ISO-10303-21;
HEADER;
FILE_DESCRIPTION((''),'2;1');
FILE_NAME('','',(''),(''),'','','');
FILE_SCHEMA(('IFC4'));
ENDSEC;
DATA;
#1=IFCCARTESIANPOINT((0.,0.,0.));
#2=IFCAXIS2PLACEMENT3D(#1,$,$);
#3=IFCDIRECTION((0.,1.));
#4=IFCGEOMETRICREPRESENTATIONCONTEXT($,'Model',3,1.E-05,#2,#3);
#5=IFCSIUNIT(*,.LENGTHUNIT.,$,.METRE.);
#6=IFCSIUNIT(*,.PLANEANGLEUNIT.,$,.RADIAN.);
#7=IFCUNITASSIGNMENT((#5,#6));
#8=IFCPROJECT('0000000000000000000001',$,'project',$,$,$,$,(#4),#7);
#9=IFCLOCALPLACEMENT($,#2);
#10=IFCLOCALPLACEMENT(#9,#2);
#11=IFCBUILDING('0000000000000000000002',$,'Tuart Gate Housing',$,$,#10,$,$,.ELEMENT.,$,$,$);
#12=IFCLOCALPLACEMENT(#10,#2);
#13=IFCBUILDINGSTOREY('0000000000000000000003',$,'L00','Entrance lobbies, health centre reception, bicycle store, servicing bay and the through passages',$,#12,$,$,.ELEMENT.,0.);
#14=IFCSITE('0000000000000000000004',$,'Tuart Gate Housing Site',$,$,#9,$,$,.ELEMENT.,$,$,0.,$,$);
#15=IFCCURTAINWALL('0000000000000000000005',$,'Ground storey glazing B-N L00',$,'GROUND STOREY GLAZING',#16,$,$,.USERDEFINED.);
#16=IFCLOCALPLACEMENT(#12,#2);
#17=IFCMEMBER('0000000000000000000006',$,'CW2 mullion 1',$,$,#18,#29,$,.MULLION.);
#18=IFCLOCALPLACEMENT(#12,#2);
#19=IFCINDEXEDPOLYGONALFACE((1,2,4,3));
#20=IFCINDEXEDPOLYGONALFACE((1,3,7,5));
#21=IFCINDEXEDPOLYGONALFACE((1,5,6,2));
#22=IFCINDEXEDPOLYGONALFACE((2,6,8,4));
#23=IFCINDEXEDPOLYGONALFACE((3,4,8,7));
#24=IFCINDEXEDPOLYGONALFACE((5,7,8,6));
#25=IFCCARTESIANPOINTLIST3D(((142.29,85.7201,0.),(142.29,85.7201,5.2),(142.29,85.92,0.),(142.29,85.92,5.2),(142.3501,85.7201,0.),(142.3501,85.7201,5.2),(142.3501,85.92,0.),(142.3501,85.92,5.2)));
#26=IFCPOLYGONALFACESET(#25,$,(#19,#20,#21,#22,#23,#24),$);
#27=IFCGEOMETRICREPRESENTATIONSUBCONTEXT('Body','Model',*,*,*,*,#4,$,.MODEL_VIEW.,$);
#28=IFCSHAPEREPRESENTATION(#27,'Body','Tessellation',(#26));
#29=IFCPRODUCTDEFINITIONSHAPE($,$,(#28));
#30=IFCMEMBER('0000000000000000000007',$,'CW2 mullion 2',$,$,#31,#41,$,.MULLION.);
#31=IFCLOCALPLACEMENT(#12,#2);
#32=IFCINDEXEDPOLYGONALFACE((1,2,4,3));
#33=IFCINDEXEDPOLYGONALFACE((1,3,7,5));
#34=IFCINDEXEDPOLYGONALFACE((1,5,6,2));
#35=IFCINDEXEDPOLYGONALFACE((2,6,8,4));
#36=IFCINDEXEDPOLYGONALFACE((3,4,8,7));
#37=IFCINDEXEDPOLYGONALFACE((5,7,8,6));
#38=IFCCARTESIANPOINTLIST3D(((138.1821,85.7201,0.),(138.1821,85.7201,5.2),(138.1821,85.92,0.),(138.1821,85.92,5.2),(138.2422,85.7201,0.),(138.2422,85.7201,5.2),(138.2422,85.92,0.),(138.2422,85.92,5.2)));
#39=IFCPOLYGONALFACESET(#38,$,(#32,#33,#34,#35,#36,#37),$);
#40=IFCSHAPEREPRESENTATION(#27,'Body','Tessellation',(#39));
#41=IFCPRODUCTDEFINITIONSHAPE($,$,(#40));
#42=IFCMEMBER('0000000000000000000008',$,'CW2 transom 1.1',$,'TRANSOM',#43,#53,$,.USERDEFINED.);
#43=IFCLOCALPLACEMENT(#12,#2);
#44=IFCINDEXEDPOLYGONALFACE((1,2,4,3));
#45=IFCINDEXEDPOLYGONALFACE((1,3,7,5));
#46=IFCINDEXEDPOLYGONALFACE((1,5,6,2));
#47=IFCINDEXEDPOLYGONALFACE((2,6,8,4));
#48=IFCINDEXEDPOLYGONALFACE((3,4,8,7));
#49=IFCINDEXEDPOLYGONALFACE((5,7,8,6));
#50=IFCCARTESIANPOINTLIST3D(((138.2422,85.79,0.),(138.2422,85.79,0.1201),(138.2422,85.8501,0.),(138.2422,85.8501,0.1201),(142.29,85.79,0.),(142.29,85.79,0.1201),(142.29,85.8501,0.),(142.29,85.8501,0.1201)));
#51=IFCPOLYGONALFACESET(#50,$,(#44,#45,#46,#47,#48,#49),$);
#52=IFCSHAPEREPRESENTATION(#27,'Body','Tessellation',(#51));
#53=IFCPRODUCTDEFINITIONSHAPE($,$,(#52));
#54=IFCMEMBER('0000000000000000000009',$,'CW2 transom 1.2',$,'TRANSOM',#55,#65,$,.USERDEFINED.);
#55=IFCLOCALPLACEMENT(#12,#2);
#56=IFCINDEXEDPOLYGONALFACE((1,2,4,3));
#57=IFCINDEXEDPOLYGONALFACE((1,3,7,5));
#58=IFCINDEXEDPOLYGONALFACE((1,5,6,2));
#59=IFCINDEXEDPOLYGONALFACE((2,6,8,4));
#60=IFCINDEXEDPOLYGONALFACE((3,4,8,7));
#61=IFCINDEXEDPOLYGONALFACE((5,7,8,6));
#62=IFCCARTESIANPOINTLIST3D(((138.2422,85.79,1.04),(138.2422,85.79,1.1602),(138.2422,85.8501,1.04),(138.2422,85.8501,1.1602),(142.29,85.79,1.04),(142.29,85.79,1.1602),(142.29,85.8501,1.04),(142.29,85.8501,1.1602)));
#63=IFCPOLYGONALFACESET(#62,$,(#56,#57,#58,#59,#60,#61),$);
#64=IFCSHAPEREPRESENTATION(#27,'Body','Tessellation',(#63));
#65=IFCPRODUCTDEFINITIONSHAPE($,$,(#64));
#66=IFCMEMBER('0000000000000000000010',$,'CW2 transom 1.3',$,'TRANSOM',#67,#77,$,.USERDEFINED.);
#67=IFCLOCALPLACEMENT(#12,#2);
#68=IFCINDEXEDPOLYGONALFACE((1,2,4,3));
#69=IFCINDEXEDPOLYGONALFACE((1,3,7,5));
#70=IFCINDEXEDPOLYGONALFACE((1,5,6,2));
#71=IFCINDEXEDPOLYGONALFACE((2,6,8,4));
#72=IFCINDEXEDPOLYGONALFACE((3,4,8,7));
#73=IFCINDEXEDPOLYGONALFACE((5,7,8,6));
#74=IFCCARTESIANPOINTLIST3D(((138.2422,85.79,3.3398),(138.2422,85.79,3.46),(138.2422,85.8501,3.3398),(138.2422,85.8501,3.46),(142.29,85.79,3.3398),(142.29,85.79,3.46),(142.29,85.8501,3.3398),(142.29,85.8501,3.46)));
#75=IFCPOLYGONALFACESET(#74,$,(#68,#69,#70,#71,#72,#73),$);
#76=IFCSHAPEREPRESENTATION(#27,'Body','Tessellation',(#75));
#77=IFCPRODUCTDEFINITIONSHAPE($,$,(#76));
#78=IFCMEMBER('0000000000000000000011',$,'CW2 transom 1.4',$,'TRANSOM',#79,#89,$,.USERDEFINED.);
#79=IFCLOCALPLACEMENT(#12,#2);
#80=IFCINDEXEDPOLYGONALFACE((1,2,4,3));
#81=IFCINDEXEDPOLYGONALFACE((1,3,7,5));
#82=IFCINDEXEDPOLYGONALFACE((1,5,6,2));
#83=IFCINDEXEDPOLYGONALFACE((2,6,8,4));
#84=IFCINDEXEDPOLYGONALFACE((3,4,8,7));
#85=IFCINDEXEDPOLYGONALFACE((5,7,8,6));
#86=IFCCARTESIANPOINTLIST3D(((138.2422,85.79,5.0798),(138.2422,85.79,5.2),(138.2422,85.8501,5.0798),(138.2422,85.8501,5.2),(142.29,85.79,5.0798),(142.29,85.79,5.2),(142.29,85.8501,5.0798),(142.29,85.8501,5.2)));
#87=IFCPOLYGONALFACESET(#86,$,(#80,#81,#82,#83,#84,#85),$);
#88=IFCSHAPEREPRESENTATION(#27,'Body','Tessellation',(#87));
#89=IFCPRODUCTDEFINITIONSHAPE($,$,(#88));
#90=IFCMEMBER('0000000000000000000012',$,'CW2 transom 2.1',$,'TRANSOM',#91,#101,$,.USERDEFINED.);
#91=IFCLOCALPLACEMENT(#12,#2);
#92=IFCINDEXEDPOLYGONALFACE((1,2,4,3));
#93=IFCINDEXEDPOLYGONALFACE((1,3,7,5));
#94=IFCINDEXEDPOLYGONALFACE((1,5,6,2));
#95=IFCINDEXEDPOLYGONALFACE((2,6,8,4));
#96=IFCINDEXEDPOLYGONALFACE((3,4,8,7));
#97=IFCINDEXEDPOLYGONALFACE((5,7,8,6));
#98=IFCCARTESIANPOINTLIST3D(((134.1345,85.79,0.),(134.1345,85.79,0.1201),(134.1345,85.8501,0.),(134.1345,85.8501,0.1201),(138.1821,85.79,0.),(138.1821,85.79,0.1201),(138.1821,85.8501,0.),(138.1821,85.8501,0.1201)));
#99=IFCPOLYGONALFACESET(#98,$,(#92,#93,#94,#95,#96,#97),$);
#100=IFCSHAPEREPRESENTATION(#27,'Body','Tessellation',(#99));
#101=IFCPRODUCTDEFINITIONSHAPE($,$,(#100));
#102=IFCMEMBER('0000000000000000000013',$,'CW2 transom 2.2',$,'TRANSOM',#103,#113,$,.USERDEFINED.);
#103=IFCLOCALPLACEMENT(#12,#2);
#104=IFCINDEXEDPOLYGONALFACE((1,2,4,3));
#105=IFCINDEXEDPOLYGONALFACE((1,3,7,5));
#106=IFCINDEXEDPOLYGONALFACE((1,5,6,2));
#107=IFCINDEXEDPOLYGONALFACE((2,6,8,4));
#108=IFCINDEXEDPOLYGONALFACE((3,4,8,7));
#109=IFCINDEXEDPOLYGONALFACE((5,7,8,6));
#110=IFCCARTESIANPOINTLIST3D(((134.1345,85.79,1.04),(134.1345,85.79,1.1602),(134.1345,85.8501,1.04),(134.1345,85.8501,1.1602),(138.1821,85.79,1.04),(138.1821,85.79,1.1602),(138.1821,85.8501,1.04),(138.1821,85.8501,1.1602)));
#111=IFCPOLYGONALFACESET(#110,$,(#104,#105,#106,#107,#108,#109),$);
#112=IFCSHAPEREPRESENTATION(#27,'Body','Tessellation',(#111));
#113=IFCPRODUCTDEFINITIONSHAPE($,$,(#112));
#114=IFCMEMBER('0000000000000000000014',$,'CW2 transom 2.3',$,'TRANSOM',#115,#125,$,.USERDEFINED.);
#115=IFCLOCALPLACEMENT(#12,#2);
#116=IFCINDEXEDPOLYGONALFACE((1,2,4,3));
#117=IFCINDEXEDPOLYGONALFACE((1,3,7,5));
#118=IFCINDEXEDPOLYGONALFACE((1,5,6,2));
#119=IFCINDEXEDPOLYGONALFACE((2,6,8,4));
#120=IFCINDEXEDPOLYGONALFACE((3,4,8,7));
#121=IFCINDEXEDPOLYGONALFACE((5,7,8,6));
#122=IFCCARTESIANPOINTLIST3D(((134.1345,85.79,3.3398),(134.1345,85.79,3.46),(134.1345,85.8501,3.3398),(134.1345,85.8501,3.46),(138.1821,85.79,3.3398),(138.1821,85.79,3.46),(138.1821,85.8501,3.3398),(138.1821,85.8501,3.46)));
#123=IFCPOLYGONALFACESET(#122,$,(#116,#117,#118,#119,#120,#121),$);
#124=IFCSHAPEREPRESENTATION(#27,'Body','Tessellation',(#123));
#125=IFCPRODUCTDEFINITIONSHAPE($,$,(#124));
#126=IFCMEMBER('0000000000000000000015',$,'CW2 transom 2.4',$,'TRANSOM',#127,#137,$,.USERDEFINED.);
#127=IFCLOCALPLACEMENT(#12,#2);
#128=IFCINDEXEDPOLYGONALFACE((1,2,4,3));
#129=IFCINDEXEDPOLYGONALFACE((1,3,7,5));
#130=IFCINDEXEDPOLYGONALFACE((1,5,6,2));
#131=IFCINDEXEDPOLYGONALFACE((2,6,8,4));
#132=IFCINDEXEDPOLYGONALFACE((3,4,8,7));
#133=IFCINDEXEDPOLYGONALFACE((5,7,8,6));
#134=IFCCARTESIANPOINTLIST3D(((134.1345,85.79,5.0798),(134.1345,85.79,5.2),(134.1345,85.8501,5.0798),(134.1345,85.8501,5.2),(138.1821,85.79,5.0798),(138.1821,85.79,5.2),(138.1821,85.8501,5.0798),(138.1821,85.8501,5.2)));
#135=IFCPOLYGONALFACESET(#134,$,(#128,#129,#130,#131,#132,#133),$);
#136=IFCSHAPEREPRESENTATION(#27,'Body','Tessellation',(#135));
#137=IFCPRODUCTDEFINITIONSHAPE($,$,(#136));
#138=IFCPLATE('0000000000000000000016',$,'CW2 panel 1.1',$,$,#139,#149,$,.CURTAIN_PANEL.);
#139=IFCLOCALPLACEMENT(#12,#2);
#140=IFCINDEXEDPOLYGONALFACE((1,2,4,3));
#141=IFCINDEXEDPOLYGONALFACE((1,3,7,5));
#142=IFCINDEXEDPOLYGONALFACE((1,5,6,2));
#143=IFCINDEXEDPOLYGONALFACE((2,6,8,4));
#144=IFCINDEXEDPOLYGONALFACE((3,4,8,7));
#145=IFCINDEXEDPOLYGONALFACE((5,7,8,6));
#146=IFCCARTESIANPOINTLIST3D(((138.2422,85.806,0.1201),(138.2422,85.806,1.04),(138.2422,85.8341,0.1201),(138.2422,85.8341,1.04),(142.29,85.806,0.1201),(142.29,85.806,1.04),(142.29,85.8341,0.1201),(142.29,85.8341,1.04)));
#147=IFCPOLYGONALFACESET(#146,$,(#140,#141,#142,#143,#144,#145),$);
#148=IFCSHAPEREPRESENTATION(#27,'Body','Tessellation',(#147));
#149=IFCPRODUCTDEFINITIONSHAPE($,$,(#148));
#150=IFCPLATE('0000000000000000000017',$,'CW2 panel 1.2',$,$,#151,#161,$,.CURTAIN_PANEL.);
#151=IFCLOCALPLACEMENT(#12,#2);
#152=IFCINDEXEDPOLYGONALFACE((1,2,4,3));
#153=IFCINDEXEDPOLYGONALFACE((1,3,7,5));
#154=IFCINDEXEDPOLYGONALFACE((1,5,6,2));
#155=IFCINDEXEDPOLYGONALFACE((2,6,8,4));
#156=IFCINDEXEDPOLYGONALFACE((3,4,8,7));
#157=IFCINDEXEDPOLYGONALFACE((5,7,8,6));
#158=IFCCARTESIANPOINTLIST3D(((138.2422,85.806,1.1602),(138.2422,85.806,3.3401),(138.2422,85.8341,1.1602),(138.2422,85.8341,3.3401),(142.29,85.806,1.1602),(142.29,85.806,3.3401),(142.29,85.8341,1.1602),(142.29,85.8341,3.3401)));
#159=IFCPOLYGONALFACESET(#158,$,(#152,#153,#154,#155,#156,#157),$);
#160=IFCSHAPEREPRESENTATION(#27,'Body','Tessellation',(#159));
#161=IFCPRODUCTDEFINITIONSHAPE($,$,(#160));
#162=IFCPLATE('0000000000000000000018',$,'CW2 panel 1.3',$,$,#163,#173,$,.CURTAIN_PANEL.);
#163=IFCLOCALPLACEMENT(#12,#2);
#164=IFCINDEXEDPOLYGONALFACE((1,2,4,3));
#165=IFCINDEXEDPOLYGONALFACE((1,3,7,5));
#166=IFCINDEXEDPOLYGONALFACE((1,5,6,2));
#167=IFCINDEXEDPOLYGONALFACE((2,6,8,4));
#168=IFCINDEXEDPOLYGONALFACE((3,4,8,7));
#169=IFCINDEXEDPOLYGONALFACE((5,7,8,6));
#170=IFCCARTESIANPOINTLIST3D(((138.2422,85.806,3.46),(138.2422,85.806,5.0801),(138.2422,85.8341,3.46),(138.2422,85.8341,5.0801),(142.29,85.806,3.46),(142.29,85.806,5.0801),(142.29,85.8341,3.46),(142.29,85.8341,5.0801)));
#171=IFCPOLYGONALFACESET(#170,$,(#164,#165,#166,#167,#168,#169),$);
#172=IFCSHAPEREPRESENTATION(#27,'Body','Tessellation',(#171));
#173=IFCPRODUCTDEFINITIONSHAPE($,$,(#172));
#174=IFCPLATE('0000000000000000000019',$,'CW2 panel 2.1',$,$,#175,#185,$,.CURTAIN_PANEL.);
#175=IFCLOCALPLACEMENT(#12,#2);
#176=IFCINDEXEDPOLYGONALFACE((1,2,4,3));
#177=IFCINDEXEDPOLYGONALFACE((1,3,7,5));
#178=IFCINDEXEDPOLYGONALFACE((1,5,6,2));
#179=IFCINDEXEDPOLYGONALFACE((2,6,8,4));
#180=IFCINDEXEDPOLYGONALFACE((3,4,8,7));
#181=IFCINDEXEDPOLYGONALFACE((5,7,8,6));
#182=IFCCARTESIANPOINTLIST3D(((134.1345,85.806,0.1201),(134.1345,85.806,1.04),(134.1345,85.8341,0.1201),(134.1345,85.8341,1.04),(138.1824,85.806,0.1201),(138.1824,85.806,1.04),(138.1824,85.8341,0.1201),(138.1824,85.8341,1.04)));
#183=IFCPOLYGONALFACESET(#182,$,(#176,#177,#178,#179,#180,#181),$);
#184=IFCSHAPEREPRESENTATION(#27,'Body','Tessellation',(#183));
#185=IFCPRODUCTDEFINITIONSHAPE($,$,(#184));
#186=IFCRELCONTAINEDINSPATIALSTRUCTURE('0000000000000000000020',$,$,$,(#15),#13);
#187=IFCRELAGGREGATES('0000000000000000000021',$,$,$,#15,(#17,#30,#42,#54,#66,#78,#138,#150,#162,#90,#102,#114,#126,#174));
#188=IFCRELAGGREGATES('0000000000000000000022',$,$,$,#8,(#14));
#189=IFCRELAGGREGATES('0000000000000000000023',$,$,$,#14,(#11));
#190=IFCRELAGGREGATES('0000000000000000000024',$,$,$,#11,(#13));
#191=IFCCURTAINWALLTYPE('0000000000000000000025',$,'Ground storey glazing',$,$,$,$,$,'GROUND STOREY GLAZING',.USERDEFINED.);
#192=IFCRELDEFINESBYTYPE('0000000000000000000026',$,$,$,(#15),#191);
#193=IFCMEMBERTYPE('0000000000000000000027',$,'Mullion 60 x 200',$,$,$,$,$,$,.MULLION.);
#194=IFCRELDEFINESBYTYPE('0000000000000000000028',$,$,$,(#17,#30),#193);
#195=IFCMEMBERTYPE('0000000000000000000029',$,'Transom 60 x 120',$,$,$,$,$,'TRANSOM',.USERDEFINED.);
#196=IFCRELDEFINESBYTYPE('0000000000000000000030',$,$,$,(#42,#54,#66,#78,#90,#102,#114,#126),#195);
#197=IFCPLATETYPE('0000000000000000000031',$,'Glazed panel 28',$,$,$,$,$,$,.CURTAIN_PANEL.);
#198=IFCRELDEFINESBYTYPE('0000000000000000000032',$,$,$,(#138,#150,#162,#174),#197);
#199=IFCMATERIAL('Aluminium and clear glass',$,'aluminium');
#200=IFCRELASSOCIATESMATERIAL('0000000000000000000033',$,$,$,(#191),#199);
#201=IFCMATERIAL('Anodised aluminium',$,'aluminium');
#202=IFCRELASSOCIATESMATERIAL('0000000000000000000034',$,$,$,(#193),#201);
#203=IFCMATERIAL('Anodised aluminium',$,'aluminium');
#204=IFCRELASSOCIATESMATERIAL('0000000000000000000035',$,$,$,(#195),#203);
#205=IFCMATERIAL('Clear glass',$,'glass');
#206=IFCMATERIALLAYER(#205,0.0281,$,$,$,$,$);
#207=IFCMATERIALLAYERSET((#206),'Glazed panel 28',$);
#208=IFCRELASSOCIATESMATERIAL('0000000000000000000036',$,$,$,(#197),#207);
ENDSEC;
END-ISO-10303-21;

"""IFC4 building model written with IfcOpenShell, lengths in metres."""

from ifc_helpers import new_model, si_unit, direction, frame, origin, origin_2d, place, context, subcontext, project, spatial, rectangle, extrude, material, layer, layer_set, material_profile, profile_set, type_object, element, aggregate, save


model = new_model("IFC4")

# Units and contexts
model_context = context("Model", 3, precision=1e-05, world=origin(), true_north=direction((0.0, 1.0)))
body_context = subcontext(model_context, "Body", "Model", "MODEL_VIEW")
ifc_project = project(units=[si_unit("LENGTHUNIT", "METRE"), si_unit("PLANEANGLEUNIT", "RADIAN")], contexts=[model_context])

# Site, building, storey
site_placement = place(None, origin())
site = spatial("IfcSite", under=ifc_project, at=site_placement, Name="Tuart Gate Housing Site", CompositionType="ELEMENT", RefElevation=0.0)
building_placement = place(site_placement, origin())
building = spatial("IfcBuilding", under=site, at=building_placement, Name="Tuart Gate Housing", CompositionType="ELEMENT")
storey_placement = place(building_placement, origin())
storey = spatial("IfcBuildingStorey", under=building, at=storey_placement, Name="L00", Description="Entrance lobbies, health centre reception, bicycle store, servicing bay and the through passages", CompositionType="ELEMENT", Elevation=0.0)

# Curtain wall, members, plates
ifc_material_1 = material(Name="Aluminium and clear glass", Category="aluminium")
curtain_wall_type = type_object("IfcCurtainWallType", Name="Ground storey glazing", ElementType="GROUND STOREY GLAZING", PredefinedType="USERDEFINED", material=ifc_material_1)
curtain_wall_placement = place(storey_placement, origin())
curtain_wall = element("IfcCurtainWall", 1, at=curtain_wall_placement, inside=storey, type_object=curtain_wall_type, Name="Ground storey glazing B-N L00", ObjectType="GROUND STOREY GLAZING", PredefinedType="USERDEFINED")
ifc_material_2 = material(Name="Anodised aluminium", Category="aluminium")
ifc_material_profile_1 = material_profile(ifc_material_2, rectangle(XDim=0.0601, YDim=0.2, at=origin_2d()), Name="60x200")
ifc_profile_set_1 = profile_set([ifc_material_profile_1], Name="Anodised aluminium")
member_type_1 = type_object("IfcMemberType", Name="Mullion 60 x 200", PredefinedType="MULLION", material=ifc_profile_set_1)
member_1_placement = place(storey_placement, frame((142.3201, 85.8201, 0.0), z_axis=(0.0, 0.0, 1.0), x_axis=(-1.0, 0.0, 0.0)))
member_1 = element("IfcMember", 2, at=member_1_placement, type_object=member_type_1, Name="CW2 mullion 1", PredefinedType="MULLION", context=body_context, shape_type="SweptSolid", body=[
    extrude(rectangle(XDim=0.0601, YDim=0.2, at=origin_2d()), origin(), (0.0, 0.0, 1.0), 5.2),
])
member_2_placement = place(storey_placement, frame((138.2122, 85.8201, 0.0), z_axis=(0.0, 0.0, 1.0), x_axis=(-1.0, 0.0, 0.0)))
member_2 = element("IfcMember", 3, at=member_2_placement, type_object=member_type_1, Name="CW2 mullion 2", PredefinedType="MULLION", context=body_context, shape_type="SweptSolid", body=[
    extrude(rectangle(XDim=0.0601, YDim=0.2, at=origin_2d()), origin(), (0.0, 0.0, 1.0), 5.2),
])
ifc_material_3 = material(Name="Anodised aluminium", Category="aluminium")
ifc_material_profile_2 = material_profile(ifc_material_3, rectangle(XDim=0.0601, YDim=0.1201, at=origin_2d()), Name="60x120")
ifc_profile_set_2 = profile_set([ifc_material_profile_2], Name="Anodised aluminium")
member_type_2 = type_object("IfcMemberType", Name="Transom 60 x 120", ElementType="TRANSOM", PredefinedType="USERDEFINED", material=ifc_profile_set_2)
member_3_placement = place(storey_placement, frame((142.29, 85.8201, 0.0601), z_axis=(-1.0, 0.0, 0.0), x_axis=(0.0, -1.0, 0.0)))
member_3 = element("IfcMember", 4, at=member_3_placement, type_object=member_type_2, Name="CW2 transom 1.1", ObjectType="TRANSOM", PredefinedType="USERDEFINED", context=body_context, shape_type="SweptSolid", body=[
    extrude(rectangle(XDim=0.0601, YDim=0.1201, at=origin_2d()), origin(), (0.0, 0.0, 1.0), 4.0479),
])
member_4_placement = place(storey_placement, frame((142.29, 85.8201, 1.1001), z_axis=(-1.0, 0.0, 0.0), x_axis=(0.0, -1.0, 0.0)))
member_4 = element("IfcMember", 5, at=member_4_placement, type_object=member_type_2, Name="CW2 transom 1.2", ObjectType="TRANSOM", PredefinedType="USERDEFINED", context=body_context, shape_type="SweptSolid", body=[
    extrude(rectangle(XDim=0.0601, YDim=0.1201, at=origin_2d()), origin(), (0.0, 0.0, 1.0), 4.0479),
])
member_5_placement = place(storey_placement, frame((142.29, 85.8201, 3.3999), z_axis=(-1.0, 0.0, 0.0), x_axis=(0.0, -1.0, 0.0)))
member_5 = element("IfcMember", 6, at=member_5_placement, type_object=member_type_2, Name="CW2 transom 1.3", ObjectType="TRANSOM", PredefinedType="USERDEFINED", context=body_context, shape_type="SweptSolid", body=[
    extrude(rectangle(XDim=0.0601, YDim=0.1201, at=origin_2d()), origin(), (0.0, 0.0, 1.0), 4.0479),
])
member_6_placement = place(storey_placement, frame((142.29, 85.8201, 5.1399), z_axis=(-1.0, 0.0, 0.0), x_axis=(0.0, -1.0, 0.0)))
member_6 = element("IfcMember", 7, at=member_6_placement, type_object=member_type_2, Name="CW2 transom 1.4", ObjectType="TRANSOM", PredefinedType="USERDEFINED", context=body_context, shape_type="SweptSolid", body=[
    extrude(rectangle(XDim=0.0601, YDim=0.1201, at=origin_2d()), origin(), (0.0, 0.0, 1.0), 4.0479),
])
member_7_placement = place(storey_placement, frame((138.1821, 85.8201, 0.0601), z_axis=(-1.0, 0.0, 0.0), x_axis=(0.0, -1.0, 0.0)))
member_7 = element("IfcMember", 8, at=member_7_placement, type_object=member_type_2, Name="CW2 transom 2.1", ObjectType="TRANSOM", PredefinedType="USERDEFINED", context=body_context, shape_type="SweptSolid", body=[
    extrude(rectangle(XDim=0.0601, YDim=0.1201, at=origin_2d()), origin(), (0.0, 0.0, 1.0), 4.0476),
])
member_8_placement = place(storey_placement, frame((138.1821, 85.8201, 1.1001), z_axis=(-1.0, 0.0, 0.0), x_axis=(0.0, -1.0, 0.0)))
member_8 = element("IfcMember", 9, at=member_8_placement, type_object=member_type_2, Name="CW2 transom 2.2", ObjectType="TRANSOM", PredefinedType="USERDEFINED", context=body_context, shape_type="SweptSolid", body=[
    extrude(rectangle(XDim=0.0601, YDim=0.1201, at=origin_2d()), origin(), (0.0, 0.0, 1.0), 4.0476),
])
member_9_placement = place(storey_placement, frame((138.1821, 85.8201, 3.3999), z_axis=(-1.0, 0.0, 0.0), x_axis=(0.0, -1.0, 0.0)))
member_9 = element("IfcMember", 10, at=member_9_placement, type_object=member_type_2, Name="CW2 transom 2.3", ObjectType="TRANSOM", PredefinedType="USERDEFINED", context=body_context, shape_type="SweptSolid", body=[
    extrude(rectangle(XDim=0.0601, YDim=0.1201, at=origin_2d()), origin(), (0.0, 0.0, 1.0), 4.0476),
])
member_10_placement = place(storey_placement, frame((138.1821, 85.8201, 5.1399), z_axis=(-1.0, 0.0, 0.0), x_axis=(0.0, -1.0, 0.0)))
member_10 = element("IfcMember", 11, at=member_10_placement, type_object=member_type_2, Name="CW2 transom 2.4", ObjectType="TRANSOM", PredefinedType="USERDEFINED", context=body_context, shape_type="SweptSolid", body=[
    extrude(rectangle(XDim=0.0601, YDim=0.1201, at=origin_2d()), origin(), (0.0, 0.0, 1.0), 4.0476),
])
ifc_material_4 = material(Name="Clear glass", Category="glass")
ifc_layer = layer(ifc_material_4, 0.0281)
ifc_layer_set = layer_set([ifc_layer], Name="Glazed panel 28")
plate_type = type_object("IfcPlateType", Name="Glazed panel 28", PredefinedType="CURTAIN_PANEL", material=ifc_layer_set)
plate_1_placement = place(storey_placement, frame((140.2661, 85.8201, 0.1201), z_axis=(0.0, 0.0, 1.0), x_axis=(-1.0, 0.0, 0.0)))
plate_1 = element("IfcPlate", 12, at=plate_1_placement, type_object=plate_type, Name="CW2 panel 1.1", PredefinedType="CURTAIN_PANEL", context=body_context, shape_type="SweptSolid", body=[
    extrude(rectangle(XDim=4.0479, YDim=0.0281, at=origin_2d()), origin(), (0.0, 0.0, 1.0), 0.9199),
])
plate_2_placement = place(storey_placement, frame((140.2661, 85.8201, 1.1602), z_axis=(0.0, 0.0, 1.0), x_axis=(-1.0, 0.0, 0.0)))
plate_2 = element("IfcPlate", 13, at=plate_2_placement, type_object=plate_type, Name="CW2 panel 1.2", PredefinedType="CURTAIN_PANEL", context=body_context, shape_type="SweptSolid", body=[
    extrude(rectangle(XDim=4.0479, YDim=0.0281, at=origin_2d()), origin(), (0.0, 0.0, 1.0), 2.1799),
])
plate_3_placement = place(storey_placement, frame((140.2661, 85.8201, 3.46), z_axis=(0.0, 0.0, 1.0), x_axis=(-1.0, 0.0, 0.0)))
plate_3 = element("IfcPlate", 14, at=plate_3_placement, type_object=plate_type, Name="CW2 panel 1.3", PredefinedType="CURTAIN_PANEL", context=body_context, shape_type="SweptSolid", body=[
    extrude(rectangle(XDim=4.0479, YDim=0.0281, at=origin_2d()), origin(), (0.0, 0.0, 1.0), 1.6201),
])
plate_4_placement = place(storey_placement, frame((136.1584, 85.8201, 0.1201), z_axis=(0.0, 0.0, 1.0), x_axis=(-1.0, 0.0, 0.0)))
plate_4 = element("IfcPlate", 15, at=plate_4_placement, type_object=plate_type, Name="CW2 panel 2.1", PredefinedType="CURTAIN_PANEL", context=body_context, shape_type="SweptSolid", body=[
    extrude(rectangle(XDim=4.0479, YDim=0.0281, at=origin_2d()), origin(), (0.0, 0.0, 1.0), 0.9199),
])
aggregate(curtain_wall, [member_1, member_2, member_3, member_4, member_5, member_6, plate_1, plate_2, plate_3, member_7, member_8, member_9, member_10, plate_4])

save(model, "model.ifc")
